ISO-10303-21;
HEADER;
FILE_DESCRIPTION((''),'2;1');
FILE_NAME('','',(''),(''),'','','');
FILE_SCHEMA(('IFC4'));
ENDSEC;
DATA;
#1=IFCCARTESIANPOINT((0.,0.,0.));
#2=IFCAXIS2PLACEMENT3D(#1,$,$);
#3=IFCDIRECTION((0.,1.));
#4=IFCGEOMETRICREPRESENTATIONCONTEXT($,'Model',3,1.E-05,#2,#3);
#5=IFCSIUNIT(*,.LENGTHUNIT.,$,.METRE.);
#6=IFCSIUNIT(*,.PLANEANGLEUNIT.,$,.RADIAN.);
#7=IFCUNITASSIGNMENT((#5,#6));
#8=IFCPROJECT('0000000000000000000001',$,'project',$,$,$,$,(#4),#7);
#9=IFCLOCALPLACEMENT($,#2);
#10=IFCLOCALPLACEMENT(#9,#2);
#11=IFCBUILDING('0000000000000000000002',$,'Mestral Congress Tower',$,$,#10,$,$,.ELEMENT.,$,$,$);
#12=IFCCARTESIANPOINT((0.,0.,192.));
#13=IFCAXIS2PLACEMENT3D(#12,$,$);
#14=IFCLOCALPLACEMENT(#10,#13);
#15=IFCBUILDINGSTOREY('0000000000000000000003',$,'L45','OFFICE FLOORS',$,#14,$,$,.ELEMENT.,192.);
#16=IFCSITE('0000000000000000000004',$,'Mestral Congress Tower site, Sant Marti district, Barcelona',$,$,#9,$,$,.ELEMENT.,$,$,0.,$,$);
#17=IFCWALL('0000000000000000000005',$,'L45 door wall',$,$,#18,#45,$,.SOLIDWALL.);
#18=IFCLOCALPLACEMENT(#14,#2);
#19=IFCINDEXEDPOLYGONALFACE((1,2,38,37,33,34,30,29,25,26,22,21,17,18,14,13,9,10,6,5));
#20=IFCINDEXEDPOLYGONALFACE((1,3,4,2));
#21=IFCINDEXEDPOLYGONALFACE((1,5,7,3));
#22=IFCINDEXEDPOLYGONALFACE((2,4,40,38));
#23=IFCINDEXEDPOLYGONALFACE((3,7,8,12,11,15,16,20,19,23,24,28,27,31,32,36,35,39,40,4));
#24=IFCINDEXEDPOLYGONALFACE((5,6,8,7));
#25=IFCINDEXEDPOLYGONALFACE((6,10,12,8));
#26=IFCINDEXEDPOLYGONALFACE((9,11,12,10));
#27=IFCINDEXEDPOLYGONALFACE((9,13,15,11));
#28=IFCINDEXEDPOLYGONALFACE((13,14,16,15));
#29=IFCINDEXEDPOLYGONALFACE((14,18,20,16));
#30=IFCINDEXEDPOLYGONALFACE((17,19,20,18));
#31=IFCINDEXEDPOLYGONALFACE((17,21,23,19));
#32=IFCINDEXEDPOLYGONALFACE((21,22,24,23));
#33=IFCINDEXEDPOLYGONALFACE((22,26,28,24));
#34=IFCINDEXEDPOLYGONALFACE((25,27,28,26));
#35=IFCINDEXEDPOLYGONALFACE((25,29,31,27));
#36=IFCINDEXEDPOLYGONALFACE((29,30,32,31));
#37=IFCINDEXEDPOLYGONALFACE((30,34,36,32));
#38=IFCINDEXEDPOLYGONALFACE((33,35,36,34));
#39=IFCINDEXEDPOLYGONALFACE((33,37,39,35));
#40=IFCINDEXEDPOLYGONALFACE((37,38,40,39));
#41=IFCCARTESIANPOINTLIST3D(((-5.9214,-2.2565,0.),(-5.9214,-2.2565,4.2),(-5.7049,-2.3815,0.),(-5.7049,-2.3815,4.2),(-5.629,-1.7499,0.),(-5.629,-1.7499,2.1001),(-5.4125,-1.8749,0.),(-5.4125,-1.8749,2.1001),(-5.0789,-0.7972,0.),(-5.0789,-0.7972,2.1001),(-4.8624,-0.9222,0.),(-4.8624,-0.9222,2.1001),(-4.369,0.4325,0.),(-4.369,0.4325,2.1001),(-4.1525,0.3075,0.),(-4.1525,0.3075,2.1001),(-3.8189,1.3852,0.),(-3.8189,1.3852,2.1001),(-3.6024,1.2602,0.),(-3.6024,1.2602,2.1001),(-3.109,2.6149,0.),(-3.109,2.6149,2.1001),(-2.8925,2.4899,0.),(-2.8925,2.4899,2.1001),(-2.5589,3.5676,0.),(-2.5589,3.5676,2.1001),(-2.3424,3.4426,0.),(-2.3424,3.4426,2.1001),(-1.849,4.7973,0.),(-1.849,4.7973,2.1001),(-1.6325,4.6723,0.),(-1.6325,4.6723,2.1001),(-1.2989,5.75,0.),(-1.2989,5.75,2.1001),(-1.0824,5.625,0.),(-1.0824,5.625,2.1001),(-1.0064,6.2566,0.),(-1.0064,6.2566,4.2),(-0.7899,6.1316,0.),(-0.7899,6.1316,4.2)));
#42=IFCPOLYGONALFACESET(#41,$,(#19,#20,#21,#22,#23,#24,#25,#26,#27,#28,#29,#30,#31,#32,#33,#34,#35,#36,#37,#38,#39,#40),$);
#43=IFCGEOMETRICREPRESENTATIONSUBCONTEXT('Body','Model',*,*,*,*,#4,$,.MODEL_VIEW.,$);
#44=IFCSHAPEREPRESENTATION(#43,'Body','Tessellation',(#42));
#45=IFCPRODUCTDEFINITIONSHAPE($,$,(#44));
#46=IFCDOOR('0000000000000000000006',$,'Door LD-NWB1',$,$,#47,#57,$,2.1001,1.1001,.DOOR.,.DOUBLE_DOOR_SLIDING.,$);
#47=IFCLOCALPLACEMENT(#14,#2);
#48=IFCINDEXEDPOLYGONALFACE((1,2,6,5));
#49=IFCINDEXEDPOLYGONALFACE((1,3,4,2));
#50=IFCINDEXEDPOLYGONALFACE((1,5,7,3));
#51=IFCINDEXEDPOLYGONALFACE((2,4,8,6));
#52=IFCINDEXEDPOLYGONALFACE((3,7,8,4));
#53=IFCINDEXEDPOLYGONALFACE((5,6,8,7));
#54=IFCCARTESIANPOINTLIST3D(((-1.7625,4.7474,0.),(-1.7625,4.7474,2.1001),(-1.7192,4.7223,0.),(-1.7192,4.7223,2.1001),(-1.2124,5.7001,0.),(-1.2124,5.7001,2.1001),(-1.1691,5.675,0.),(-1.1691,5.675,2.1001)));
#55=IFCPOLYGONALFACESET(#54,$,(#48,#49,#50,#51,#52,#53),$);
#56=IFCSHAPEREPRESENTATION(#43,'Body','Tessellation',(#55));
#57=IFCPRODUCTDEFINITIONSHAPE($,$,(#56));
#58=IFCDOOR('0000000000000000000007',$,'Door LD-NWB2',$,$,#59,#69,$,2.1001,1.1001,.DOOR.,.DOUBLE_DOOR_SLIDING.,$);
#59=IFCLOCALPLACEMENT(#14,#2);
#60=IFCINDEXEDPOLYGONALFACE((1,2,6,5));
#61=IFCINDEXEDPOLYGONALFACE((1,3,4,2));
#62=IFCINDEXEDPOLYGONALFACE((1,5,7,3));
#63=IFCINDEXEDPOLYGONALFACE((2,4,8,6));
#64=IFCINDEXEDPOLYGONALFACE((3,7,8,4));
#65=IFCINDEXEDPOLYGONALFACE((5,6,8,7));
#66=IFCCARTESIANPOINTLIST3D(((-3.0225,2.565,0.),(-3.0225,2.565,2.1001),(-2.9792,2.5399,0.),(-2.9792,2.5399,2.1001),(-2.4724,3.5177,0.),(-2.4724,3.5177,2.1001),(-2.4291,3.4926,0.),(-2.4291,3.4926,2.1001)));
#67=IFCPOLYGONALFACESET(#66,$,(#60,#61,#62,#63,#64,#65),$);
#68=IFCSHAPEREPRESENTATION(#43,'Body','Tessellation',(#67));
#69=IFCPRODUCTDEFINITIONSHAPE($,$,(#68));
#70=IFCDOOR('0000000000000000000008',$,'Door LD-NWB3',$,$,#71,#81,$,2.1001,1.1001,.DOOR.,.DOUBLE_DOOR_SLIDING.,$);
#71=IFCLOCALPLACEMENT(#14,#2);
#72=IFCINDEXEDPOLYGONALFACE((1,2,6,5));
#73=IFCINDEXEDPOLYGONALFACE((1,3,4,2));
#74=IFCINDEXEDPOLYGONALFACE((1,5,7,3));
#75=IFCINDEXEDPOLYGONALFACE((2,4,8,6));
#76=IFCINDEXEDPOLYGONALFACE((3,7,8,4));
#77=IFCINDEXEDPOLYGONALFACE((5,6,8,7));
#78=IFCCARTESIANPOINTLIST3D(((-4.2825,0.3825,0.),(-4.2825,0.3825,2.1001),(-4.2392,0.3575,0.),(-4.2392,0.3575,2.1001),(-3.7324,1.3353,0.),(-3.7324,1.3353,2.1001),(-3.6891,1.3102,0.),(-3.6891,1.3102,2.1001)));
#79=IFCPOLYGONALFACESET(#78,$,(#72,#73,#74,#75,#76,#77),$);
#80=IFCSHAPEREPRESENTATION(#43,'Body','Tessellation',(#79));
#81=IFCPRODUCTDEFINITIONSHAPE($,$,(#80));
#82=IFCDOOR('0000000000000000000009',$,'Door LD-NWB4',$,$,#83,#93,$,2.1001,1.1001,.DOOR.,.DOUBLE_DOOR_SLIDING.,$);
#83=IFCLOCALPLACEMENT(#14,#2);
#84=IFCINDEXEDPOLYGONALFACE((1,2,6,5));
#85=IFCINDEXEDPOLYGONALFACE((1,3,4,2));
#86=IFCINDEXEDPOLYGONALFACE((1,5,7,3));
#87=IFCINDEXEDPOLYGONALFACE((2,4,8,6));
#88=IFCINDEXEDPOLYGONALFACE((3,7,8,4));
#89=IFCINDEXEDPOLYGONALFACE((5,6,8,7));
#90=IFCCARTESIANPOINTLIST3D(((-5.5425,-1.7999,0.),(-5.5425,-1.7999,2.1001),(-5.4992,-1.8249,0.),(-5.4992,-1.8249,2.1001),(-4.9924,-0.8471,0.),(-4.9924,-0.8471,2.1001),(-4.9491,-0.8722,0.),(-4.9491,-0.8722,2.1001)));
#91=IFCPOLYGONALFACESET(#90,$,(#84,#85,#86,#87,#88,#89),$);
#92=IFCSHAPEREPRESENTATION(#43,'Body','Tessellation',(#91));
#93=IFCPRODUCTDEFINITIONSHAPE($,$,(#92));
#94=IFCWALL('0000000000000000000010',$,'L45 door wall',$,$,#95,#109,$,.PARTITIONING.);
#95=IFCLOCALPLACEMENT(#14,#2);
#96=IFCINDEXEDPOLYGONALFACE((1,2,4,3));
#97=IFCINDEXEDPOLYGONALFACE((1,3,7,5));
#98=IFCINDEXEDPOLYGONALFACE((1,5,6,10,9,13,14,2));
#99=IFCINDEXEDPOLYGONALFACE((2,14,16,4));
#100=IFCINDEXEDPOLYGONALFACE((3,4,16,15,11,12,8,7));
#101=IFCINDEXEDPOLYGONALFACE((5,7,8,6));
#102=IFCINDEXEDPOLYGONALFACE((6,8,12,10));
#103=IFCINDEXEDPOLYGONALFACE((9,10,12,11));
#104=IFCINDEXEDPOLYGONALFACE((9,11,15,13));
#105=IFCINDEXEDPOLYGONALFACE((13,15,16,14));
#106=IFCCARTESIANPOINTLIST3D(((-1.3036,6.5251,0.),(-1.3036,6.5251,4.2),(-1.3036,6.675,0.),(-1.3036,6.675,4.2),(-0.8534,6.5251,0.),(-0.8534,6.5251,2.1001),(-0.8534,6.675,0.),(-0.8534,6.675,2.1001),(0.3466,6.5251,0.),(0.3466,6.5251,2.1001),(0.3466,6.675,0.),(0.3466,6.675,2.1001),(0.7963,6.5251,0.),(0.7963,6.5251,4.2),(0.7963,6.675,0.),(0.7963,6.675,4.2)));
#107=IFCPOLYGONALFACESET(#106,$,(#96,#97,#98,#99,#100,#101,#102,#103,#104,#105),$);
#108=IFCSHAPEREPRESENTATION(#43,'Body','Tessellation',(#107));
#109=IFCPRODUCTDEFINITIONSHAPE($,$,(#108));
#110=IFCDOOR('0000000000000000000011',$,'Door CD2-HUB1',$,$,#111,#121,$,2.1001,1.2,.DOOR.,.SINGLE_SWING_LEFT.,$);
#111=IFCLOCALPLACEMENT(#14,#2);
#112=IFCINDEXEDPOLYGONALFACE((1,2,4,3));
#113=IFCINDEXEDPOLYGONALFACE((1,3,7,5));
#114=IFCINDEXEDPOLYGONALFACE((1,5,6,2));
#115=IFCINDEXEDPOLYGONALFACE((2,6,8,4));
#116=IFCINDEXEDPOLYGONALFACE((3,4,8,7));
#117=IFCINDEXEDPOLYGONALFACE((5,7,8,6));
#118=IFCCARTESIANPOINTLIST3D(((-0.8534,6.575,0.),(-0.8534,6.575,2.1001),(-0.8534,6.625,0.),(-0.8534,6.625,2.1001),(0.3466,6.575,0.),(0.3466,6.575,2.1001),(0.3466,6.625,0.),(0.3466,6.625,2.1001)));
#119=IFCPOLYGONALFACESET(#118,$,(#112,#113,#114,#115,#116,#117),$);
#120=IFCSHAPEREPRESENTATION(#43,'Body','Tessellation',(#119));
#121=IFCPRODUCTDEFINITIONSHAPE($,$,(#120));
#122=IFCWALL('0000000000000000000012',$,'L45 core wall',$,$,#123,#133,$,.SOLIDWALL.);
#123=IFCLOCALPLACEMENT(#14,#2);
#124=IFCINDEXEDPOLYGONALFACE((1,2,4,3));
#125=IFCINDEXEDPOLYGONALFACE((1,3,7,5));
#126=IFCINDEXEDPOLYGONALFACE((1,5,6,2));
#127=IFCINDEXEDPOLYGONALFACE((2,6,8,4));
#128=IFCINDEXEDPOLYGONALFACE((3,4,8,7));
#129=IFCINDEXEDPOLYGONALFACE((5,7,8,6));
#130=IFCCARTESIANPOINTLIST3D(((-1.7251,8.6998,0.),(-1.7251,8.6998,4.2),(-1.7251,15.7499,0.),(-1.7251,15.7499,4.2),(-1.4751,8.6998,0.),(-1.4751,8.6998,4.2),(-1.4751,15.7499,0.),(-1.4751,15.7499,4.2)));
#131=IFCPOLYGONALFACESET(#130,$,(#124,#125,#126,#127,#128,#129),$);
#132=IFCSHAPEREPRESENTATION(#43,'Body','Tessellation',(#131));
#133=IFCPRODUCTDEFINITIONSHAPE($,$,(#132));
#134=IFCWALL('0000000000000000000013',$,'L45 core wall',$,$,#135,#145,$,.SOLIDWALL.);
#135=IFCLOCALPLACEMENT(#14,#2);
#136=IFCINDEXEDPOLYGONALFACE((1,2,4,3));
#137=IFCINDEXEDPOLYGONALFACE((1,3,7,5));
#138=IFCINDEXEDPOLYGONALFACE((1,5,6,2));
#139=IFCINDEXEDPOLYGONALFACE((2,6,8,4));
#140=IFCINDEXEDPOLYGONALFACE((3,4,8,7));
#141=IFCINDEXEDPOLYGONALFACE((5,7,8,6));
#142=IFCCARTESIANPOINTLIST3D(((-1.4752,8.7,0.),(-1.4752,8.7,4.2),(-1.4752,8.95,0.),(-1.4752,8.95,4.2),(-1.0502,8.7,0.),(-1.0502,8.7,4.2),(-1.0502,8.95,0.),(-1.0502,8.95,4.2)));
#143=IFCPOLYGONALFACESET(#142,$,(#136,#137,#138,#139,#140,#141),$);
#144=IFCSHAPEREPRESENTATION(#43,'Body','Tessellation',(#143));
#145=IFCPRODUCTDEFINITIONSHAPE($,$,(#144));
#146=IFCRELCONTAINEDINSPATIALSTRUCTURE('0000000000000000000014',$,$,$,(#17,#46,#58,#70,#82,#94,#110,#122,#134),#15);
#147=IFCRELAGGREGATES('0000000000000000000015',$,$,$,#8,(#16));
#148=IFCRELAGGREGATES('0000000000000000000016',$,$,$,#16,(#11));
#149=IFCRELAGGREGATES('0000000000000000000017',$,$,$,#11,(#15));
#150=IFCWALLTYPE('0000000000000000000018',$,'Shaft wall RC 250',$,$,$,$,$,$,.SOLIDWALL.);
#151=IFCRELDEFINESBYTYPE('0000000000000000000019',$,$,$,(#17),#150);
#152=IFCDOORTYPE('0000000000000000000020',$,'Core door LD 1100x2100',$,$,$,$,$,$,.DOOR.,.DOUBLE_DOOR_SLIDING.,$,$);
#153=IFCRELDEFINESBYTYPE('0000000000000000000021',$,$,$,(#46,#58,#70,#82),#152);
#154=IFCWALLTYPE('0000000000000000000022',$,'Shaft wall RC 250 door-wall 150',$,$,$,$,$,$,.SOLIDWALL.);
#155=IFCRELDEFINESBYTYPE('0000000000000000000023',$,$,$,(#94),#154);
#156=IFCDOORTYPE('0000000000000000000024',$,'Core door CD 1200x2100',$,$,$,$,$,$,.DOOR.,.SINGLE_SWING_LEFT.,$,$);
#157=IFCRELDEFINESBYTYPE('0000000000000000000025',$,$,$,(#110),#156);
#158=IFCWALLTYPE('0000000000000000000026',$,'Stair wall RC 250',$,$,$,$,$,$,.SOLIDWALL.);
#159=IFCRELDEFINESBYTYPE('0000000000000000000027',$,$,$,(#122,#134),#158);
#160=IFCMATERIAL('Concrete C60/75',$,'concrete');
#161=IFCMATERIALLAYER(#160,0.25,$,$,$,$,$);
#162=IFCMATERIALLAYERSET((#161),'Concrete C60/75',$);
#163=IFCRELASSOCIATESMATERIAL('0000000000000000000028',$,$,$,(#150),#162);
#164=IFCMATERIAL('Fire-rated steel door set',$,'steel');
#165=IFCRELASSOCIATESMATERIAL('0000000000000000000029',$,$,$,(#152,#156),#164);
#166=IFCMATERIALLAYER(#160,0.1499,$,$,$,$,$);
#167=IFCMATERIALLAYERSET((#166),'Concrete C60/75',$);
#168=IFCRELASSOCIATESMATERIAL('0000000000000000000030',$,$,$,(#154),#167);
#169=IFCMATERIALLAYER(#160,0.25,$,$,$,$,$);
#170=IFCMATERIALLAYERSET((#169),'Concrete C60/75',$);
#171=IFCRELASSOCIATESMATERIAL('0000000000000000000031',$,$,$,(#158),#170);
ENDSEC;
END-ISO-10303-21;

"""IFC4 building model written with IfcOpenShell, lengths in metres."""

from ifc_helpers import new_model, si_unit, direction, frame, frame_2d, origin, place, context, subcontext, project, spatial, rectangle, extrude, material, layer, layer_set, type_object, element, fill, save


model = new_model("IFC4")

# Units and contexts
model_context = context("Model", 3, precision=1e-05, world=origin(), true_north=direction((0.0, 1.0)))
body_context = subcontext(model_context, "Body", "Model", "MODEL_VIEW")
ifc_project = project(units=[si_unit("LENGTHUNIT", "METRE"), si_unit("PLANEANGLEUNIT", "RADIAN")], contexts=[model_context])

# Site, building, storey
site_placement = place(None, origin())
site = spatial("IfcSite", under=ifc_project, at=site_placement, Name="Mestral Congress Tower site, Sant Marti district, Barcelona", CompositionType="ELEMENT", RefElevation=0.0)
building_placement = place(site_placement, origin())
building = spatial("IfcBuilding", under=site, at=building_placement, Name="Mestral Congress Tower", CompositionType="ELEMENT")
storey_placement = place(building_placement, frame((0.0, 0.0, 192.0)))
storey = spatial("IfcBuildingStorey", under=building, at=storey_placement, Name="L45", Description="OFFICE FLOORS", CompositionType="ELEMENT", Elevation=192.0)

# Shared definitions
ifc_material_1 = material(Name="Concrete C60/75", Category="concrete")

# Shared definitions
ifc_material_2 = material(Name="Fire-rated steel door set", Category="steel")

# Shared definitions
ifc_layer_1 = layer(ifc_material_1, 0.25)
ifc_layer_set_1 = layer_set([ifc_layer_1], Name="Concrete C60/75")
wall_type_1 = type_object("IfcWallType", Name="Shaft wall RC 250", PredefinedType="SOLIDWALL", material=ifc_layer_set_1)

# Wall, openings, doors
wall_1_placement = place(storey_placement, frame((-0.8982, 6.1941, 0.0), z_axis=(0.0, 0.0, 1.0), x_axis=(-0.499996, -0.866028, 0.0)))
wall_1 = element("IfcWall", 1, at=wall_1_placement, inside=storey, type_object=wall_type_1, Name="L45 door wall", PredefinedType="SOLIDWALL", context=body_context, shape_type="SweptSolid", body=[
    extrude(rectangle(XDim=9.8301, YDim=0.25, at=frame_2d((4.915, 0.0))), origin(), (0.0, 0.0, 1.0), 4.2),
])
opening_1_placement = place(wall_1_placement, frame((0.585, 0.0, 0.0)))
opening_1 = element("IfcOpeningElement", 2, at=opening_1_placement, cuts=wall_1, PredefinedType="OPENING", context=body_context, shape_type="SweptSolid", body=[
    extrude(rectangle(XDim=1.1001, YDim=2.1001, at=frame_2d((0.55, 1.05))), frame((0.0, 0.135, 0.0), z_axis=(0.0, -1.0, 0.0), x_axis=(1.0, 0.0, 0.0)), (0.0, 0.0, 1.0), 0.27),
])
opening_2_placement = place(wall_1_placement, frame((3.105, 0.0, 0.0)))
opening_2 = element("IfcOpeningElement", 3, at=opening_2_placement, cuts=wall_1, PredefinedType="OPENING", context=body_context, shape_type="SweptSolid", body=[
    extrude(rectangle(XDim=1.1001, YDim=2.1001, at=frame_2d((0.55, 1.05))), frame((0.0, 0.135, 0.0), z_axis=(0.0, -1.0, 0.0), x_axis=(1.0, 0.0, 0.0)), (0.0, 0.0, 1.0), 0.27),
])
opening_3_placement = place(wall_1_placement, frame((5.625, 0.0, 0.0)))
opening_3 = element("IfcOpeningElement", 4, at=opening_3_placement, cuts=wall_1, PredefinedType="OPENING", context=body_context, shape_type="SweptSolid", body=[
    extrude(rectangle(XDim=1.1001, YDim=2.1001, at=frame_2d((0.55, 1.05))), frame((0.0, 0.135, 0.0), z_axis=(0.0, -1.0, 0.0), x_axis=(1.0, 0.0, 0.0)), (0.0, 0.0, 1.0), 0.27),
])
opening_4_placement = place(wall_1_placement, frame((8.145, 0.0, 0.0)))
opening_4 = element("IfcOpeningElement", 5, at=opening_4_placement, cuts=wall_1, PredefinedType="OPENING", context=body_context, shape_type="SweptSolid", body=[
    extrude(rectangle(XDim=1.1001, YDim=2.1001, at=frame_2d((0.55, 1.05))), frame((0.0, 0.135, 0.0), z_axis=(0.0, -1.0, 0.0), x_axis=(1.0, 0.0, 0.0)), (0.0, 0.0, 1.0), 0.27),
])
door_type_1 = type_object("IfcDoorType", Name="Core door LD 1100x2100", OperationType="DOUBLE_DOOR_SLIDING", PredefinedType="DOOR", material=ifc_material_2)
door_1_placement = place(opening_1_placement, origin())
door_1 = element("IfcDoor", 6, at=door_1_placement, inside=storey, type_object=door_type_1, Name="Door LD-NWB1", OperationType="DOUBLE_DOOR_SLIDING", OverallHeight=2.1001, OverallWidth=1.1001, PredefinedType="DOOR", context=body_context, shape_type="SweptSolid", body=[
    extrude(rectangle(XDim=1.1001, YDim=2.1001, at=frame_2d((0.55, 1.05))), frame((0.0, 0.0249, 0.0), z_axis=(0.0, -1.0, 0.0), x_axis=(1.0, 0.0, 0.0)), (0.0, 0.0, 1.0), 0.05),
])
fill(opening_1, door_1)
door_2_placement = place(opening_2_placement, origin())
door_2 = element("IfcDoor", 7, at=door_2_placement, inside=storey, type_object=door_type_1, Name="Door LD-NWB2", OperationType="DOUBLE_DOOR_SLIDING", OverallHeight=2.1001, OverallWidth=1.1001, PredefinedType="DOOR", context=body_context, shape_type="SweptSolid", body=[
    extrude(rectangle(XDim=1.1001, YDim=2.1001, at=frame_2d((0.55, 1.05))), frame((0.0, 0.0249, 0.0), z_axis=(0.0, -1.0, 0.0), x_axis=(1.0, 0.0, 0.0)), (0.0, 0.0, 1.0), 0.05),
])
fill(opening_2, door_2)
door_3_placement = place(opening_3_placement, origin())
door_3 = element("IfcDoor", 8, at=door_3_placement, inside=storey, type_object=door_type_1, Name="Door LD-NWB3", OperationType="DOUBLE_DOOR_SLIDING", OverallHeight=2.1001, OverallWidth=1.1001, PredefinedType="DOOR", context=body_context, shape_type="SweptSolid", body=[
    extrude(rectangle(XDim=1.1001, YDim=2.1001, at=frame_2d((0.55, 1.05))), frame((0.0, 0.0249, 0.0), z_axis=(0.0, -1.0, 0.0), x_axis=(1.0, 0.0, 0.0)), (0.0, 0.0, 1.0), 0.05),
])
fill(opening_3, door_3)
door_4_placement = place(opening_4_placement, origin())
door_4 = element("IfcDoor", 9, at=door_4_placement, inside=storey, type_object=door_type_1, Name="Door LD-NWB4", OperationType="DOUBLE_DOOR_SLIDING", OverallHeight=2.1001, OverallWidth=1.1001, PredefinedType="DOOR", context=body_context, shape_type="SweptSolid", body=[
    extrude(rectangle(XDim=1.1001, YDim=2.1001, at=frame_2d((0.55, 1.05))), frame((0.0, 0.0249, 0.0), z_axis=(0.0, -1.0, 0.0), x_axis=(1.0, 0.0, 0.0)), (0.0, 0.0, 1.0), 0.05),
])
fill(opening_4, door_4)

# Wall, opening, door
ifc_layer_2 = layer(ifc_material_1, 0.1499)
ifc_layer_set_2 = layer_set([ifc_layer_2], Name="Concrete C60/75")
wall_type_2 = type_object("IfcWallType", Name="Shaft wall RC 250 door-wall 150", PredefinedType="SOLIDWALL", material=ifc_layer_set_2)
wall_2_placement = place(storey_placement, frame((-1.3035, 6.6001, 0.0), z_axis=(0.0, 0.0, 1.0), x_axis=(1.0, 0.0, 0.0)))
wall_2 = element("IfcWall", 10, at=wall_2_placement, inside=storey, type_object=wall_type_2, Name="L45 door wall", PredefinedType="PARTITIONING", context=body_context, shape_type="SweptSolid", body=[
    extrude(rectangle(XDim=2.0999, YDim=0.1499, at=frame_2d((1.0498, 0.0))), origin(), (0.0, 0.0, 1.0), 4.2),
])
opening_5_placement = place(wall_2_placement, frame((0.45, 0.0, 0.0)))
opening_5 = element("IfcOpeningElement", 11, at=opening_5_placement, cuts=wall_2, PredefinedType="OPENING", context=body_context, shape_type="SweptSolid", body=[
    extrude(rectangle(XDim=1.2, YDim=2.1001, at=frame_2d((0.6001, 1.05))), frame((0.0, 0.085, 0.0), z_axis=(0.0, -1.0, 0.0), x_axis=(1.0, 0.0, 0.0)), (0.0, 0.0, 1.0), 0.1699),
])
door_type_2 = type_object("IfcDoorType", Name="Core door CD 1200x2100", OperationType="SINGLE_SWING_LEFT", PredefinedType="DOOR", material=ifc_material_2)
door_5_placement = place(opening_5_placement, origin())
door_5 = element("IfcDoor", 12, at=door_5_placement, inside=storey, type_object=door_type_2, Name="Door CD2-HUB1", OperationType="SINGLE_SWING_LEFT", OverallHeight=2.1001, OverallWidth=1.2, PredefinedType="DOOR", context=body_context, shape_type="SweptSolid", body=[
    extrude(rectangle(XDim=1.2, YDim=2.1001, at=frame_2d((0.6001, 1.05))), frame((0.0, 0.0249, 0.0), z_axis=(0.0, -1.0, 0.0), x_axis=(1.0, 0.0, 0.0)), (0.0, 0.0, 1.0), 0.05),
])
fill(opening_5, door_5)

# Walls
ifc_layer_3 = layer(ifc_material_1, 0.25)
ifc_layer_set_3 = layer_set([ifc_layer_3], Name="Concrete C60/75")
wall_type_3 = type_object("IfcWallType", Name="Stair wall RC 250", PredefinedType="SOLIDWALL", material=ifc_layer_set_3)
wall_3_placement = place(storey_placement, frame((-1.6001, 8.7, 0.0), z_axis=(0.0, 0.0, 1.0), x_axis=(0.0, 1.0, 0.0)))
element("IfcWall", 13, at=wall_3_placement, inside=storey, type_object=wall_type_3, Name="L45 core wall", PredefinedType="SOLIDWALL", context=body_context, shape_type="SweptSolid", body=[
    extrude(rectangle(XDim=7.05, YDim=0.25, at=frame_2d((3.5249, 0.0))), origin(), (0.0, 0.0, 1.0), 4.2),
])
wall_4_placement = place(storey_placement, frame((-1.4751, 8.825, 0.0), z_axis=(0.0, 0.0, 1.0), x_axis=(1.0, 0.0, 0.0)))
element("IfcWall", 14, at=wall_4_placement, inside=storey, type_object=wall_type_3, Name="L45 core wall", PredefinedType="SOLIDWALL", context=body_context, shape_type="SweptSolid", body=[
    extrude(rectangle(XDim=0.425, YDim=0.25, at=frame_2d((0.2124, 0.0))), origin(), (0.0, 0.0, 1.0), 4.2),
])

save(model, "model.ifc")
